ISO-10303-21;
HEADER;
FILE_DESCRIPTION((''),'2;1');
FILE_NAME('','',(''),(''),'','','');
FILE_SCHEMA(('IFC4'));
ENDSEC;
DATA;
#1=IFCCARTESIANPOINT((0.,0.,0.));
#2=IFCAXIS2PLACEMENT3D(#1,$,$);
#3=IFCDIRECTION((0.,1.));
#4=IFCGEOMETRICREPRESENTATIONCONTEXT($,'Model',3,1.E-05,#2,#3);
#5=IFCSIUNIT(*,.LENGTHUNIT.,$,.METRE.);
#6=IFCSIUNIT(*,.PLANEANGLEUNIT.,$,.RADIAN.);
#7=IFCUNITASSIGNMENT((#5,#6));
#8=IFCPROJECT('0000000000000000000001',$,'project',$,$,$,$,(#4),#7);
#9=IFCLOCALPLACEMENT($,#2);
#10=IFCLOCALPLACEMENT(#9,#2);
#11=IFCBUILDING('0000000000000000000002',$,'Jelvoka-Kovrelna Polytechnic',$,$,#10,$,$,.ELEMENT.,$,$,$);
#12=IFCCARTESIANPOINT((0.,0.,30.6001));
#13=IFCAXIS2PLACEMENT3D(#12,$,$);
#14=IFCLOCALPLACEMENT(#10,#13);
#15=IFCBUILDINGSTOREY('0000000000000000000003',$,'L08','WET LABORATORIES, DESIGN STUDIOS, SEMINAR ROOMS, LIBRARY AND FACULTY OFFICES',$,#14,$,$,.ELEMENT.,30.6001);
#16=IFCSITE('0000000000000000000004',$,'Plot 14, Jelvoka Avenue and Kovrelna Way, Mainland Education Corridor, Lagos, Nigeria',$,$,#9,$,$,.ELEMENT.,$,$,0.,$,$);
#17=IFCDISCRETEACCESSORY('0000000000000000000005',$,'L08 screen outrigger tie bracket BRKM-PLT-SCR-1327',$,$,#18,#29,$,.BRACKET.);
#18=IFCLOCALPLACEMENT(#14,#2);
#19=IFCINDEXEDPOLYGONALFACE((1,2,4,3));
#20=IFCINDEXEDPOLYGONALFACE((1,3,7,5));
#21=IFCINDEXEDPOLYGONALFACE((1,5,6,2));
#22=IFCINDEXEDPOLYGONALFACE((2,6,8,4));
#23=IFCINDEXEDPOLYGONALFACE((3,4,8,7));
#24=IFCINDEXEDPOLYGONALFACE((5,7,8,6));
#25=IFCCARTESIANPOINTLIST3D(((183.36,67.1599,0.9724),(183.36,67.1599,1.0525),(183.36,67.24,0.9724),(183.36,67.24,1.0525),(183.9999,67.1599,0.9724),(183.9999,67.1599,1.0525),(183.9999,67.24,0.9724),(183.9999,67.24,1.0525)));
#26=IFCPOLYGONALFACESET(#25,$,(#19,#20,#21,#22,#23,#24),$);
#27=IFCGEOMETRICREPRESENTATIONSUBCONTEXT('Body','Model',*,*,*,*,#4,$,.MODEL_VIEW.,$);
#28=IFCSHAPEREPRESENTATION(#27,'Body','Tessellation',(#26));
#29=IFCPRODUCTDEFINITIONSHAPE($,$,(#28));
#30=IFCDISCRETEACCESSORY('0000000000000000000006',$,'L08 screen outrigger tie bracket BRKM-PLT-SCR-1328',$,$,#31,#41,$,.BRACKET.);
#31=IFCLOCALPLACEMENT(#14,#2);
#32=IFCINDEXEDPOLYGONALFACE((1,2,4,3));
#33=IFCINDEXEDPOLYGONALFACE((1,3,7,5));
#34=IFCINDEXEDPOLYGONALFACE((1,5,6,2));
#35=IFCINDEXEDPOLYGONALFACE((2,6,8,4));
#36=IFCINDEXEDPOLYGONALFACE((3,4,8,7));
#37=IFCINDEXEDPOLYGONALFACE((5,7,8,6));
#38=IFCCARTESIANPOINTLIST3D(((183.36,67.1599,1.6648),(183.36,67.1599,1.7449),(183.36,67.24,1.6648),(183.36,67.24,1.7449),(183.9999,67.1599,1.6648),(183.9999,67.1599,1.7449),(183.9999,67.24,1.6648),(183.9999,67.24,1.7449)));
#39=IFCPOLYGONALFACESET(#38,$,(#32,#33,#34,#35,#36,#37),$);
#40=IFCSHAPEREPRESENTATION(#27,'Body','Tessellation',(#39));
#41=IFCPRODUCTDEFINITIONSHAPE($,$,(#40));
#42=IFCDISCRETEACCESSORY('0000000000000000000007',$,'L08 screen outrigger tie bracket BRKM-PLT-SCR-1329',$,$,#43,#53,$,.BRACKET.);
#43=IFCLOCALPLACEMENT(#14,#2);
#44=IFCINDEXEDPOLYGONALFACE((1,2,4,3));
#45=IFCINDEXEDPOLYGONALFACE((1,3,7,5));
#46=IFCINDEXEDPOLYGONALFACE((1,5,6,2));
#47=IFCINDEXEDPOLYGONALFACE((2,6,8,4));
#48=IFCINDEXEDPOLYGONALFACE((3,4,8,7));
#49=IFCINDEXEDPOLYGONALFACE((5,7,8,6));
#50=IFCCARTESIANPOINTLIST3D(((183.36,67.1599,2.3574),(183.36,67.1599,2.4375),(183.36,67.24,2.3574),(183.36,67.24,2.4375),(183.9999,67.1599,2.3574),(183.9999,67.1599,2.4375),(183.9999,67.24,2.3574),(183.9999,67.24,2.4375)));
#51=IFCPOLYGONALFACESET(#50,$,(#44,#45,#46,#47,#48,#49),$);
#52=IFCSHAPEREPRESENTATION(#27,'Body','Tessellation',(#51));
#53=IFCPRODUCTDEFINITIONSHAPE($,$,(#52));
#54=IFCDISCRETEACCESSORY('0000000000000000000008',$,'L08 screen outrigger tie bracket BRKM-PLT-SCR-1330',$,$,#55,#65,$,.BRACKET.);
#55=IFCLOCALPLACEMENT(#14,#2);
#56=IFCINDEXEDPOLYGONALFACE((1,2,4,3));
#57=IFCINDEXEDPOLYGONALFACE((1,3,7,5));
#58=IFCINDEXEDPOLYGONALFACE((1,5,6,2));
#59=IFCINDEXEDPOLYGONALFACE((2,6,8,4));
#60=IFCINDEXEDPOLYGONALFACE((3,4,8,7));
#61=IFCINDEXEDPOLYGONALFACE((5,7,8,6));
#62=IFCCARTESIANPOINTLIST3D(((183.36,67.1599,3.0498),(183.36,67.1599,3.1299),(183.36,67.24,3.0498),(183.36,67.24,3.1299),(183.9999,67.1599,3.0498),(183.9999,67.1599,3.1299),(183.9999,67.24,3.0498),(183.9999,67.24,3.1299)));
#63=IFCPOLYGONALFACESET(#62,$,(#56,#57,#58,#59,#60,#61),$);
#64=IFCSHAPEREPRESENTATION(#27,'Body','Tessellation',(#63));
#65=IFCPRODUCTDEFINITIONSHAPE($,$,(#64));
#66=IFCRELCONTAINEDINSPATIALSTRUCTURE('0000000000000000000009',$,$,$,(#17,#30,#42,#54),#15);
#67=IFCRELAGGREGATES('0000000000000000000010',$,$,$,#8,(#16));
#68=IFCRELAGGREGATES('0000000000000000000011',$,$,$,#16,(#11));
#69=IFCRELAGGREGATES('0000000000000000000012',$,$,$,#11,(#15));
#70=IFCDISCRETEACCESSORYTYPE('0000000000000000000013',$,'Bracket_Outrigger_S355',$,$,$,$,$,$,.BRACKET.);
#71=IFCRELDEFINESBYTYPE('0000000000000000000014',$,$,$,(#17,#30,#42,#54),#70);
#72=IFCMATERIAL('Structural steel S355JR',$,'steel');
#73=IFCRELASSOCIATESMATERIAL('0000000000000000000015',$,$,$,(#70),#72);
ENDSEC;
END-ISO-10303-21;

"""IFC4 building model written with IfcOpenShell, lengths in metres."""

from ifc_helpers import new_model, si_unit, direction, frame, origin, origin_2d, place, context, subcontext, project, spatial, rectangle, extrude, material, type_object, element, save


model = new_model("IFC4")

# Units and contexts
model_context = context("Model", 3, precision=1e-05, world=origin(), true_north=direction((0.0, 1.0)))
body_context = subcontext(model_context, "Body", "Model", "MODEL_VIEW")
ifc_project = project(units=[si_unit("LENGTHUNIT", "METRE"), si_unit("PLANEANGLEUNIT", "RADIAN")], contexts=[model_context])

# Site, building, storey
site_placement = place(None, origin())
site = spatial("IfcSite", under=ifc_project, at=site_placement, Name="Plot 14, Jelvoka Avenue and Kovrelna Way, Mainland Education Corridor, Lagos, Nigeria", CompositionType="ELEMENT", RefElevation=0.0)
building_placement = place(site_placement, origin())
building = spatial("IfcBuilding", under=site, at=building_placement, Name="Jelvoka-Kovrelna Polytechnic", CompositionType="ELEMENT")
storey_placement = place(building_placement, frame((0.0, 0.0, 30.6001)))
storey = spatial("IfcBuildingStorey", under=building, at=storey_placement, Name="L08", Description="WET LABORATORIES, DESIGN STUDIOS, SEMINAR ROOMS, LIBRARY AND FACULTY OFFICES", CompositionType="ELEMENT", Elevation=30.6001)

# Discrete accessories
ifc_material_1 = material(Name="Structural steel S355JR", Category="steel")
discrete_accessory_type = type_object("IfcDiscreteAccessoryType", Name="Bracket_Outrigger_S355", PredefinedType="BRACKET", material=ifc_material_1)
for number, where, z_axis, x_axis, name in (
    (1, (183.6799, 67.2, 0.9724), (0.0, 0.0, 1.0), (1.0, 0.0, 0.0), "L08 screen outrigger tie bracket BRKM-PLT-SCR-1327"),
    (2, (183.6799, 67.2, 1.6648), (0.0, 0.0, 1.0), (1.0, 0.0, 0.0), "L08 screen outrigger tie bracket BRKM-PLT-SCR-1328"),
    (3, (183.6799, 67.2, 2.3574), (0.0, 0.0, 1.0), (1.0, 0.0, 0.0), "L08 screen outrigger tie bracket BRKM-PLT-SCR-1329"),
    (4, (183.6799, 67.2, 3.0498), (0.0, 0.0, 1.0), (1.0, 0.0, 0.0), "L08 screen outrigger tie bracket BRKM-PLT-SCR-1330"),
):
    element("IfcDiscreteAccessory", number, at=place(storey_placement, frame(where, z_axis=z_axis, x_axis=x_axis)), inside=storey, type_object=discrete_accessory_type, Name=name, PredefinedType="BRACKET", context=body_context, shape_type="SweptSolid", body=[
        extrude(rectangle(XDim=0.6399, YDim=0.0801, at=origin_2d()), origin(), (0.0, 0.0, 1.0), 0.0801),
    ])

save(model, "model.ifc")
